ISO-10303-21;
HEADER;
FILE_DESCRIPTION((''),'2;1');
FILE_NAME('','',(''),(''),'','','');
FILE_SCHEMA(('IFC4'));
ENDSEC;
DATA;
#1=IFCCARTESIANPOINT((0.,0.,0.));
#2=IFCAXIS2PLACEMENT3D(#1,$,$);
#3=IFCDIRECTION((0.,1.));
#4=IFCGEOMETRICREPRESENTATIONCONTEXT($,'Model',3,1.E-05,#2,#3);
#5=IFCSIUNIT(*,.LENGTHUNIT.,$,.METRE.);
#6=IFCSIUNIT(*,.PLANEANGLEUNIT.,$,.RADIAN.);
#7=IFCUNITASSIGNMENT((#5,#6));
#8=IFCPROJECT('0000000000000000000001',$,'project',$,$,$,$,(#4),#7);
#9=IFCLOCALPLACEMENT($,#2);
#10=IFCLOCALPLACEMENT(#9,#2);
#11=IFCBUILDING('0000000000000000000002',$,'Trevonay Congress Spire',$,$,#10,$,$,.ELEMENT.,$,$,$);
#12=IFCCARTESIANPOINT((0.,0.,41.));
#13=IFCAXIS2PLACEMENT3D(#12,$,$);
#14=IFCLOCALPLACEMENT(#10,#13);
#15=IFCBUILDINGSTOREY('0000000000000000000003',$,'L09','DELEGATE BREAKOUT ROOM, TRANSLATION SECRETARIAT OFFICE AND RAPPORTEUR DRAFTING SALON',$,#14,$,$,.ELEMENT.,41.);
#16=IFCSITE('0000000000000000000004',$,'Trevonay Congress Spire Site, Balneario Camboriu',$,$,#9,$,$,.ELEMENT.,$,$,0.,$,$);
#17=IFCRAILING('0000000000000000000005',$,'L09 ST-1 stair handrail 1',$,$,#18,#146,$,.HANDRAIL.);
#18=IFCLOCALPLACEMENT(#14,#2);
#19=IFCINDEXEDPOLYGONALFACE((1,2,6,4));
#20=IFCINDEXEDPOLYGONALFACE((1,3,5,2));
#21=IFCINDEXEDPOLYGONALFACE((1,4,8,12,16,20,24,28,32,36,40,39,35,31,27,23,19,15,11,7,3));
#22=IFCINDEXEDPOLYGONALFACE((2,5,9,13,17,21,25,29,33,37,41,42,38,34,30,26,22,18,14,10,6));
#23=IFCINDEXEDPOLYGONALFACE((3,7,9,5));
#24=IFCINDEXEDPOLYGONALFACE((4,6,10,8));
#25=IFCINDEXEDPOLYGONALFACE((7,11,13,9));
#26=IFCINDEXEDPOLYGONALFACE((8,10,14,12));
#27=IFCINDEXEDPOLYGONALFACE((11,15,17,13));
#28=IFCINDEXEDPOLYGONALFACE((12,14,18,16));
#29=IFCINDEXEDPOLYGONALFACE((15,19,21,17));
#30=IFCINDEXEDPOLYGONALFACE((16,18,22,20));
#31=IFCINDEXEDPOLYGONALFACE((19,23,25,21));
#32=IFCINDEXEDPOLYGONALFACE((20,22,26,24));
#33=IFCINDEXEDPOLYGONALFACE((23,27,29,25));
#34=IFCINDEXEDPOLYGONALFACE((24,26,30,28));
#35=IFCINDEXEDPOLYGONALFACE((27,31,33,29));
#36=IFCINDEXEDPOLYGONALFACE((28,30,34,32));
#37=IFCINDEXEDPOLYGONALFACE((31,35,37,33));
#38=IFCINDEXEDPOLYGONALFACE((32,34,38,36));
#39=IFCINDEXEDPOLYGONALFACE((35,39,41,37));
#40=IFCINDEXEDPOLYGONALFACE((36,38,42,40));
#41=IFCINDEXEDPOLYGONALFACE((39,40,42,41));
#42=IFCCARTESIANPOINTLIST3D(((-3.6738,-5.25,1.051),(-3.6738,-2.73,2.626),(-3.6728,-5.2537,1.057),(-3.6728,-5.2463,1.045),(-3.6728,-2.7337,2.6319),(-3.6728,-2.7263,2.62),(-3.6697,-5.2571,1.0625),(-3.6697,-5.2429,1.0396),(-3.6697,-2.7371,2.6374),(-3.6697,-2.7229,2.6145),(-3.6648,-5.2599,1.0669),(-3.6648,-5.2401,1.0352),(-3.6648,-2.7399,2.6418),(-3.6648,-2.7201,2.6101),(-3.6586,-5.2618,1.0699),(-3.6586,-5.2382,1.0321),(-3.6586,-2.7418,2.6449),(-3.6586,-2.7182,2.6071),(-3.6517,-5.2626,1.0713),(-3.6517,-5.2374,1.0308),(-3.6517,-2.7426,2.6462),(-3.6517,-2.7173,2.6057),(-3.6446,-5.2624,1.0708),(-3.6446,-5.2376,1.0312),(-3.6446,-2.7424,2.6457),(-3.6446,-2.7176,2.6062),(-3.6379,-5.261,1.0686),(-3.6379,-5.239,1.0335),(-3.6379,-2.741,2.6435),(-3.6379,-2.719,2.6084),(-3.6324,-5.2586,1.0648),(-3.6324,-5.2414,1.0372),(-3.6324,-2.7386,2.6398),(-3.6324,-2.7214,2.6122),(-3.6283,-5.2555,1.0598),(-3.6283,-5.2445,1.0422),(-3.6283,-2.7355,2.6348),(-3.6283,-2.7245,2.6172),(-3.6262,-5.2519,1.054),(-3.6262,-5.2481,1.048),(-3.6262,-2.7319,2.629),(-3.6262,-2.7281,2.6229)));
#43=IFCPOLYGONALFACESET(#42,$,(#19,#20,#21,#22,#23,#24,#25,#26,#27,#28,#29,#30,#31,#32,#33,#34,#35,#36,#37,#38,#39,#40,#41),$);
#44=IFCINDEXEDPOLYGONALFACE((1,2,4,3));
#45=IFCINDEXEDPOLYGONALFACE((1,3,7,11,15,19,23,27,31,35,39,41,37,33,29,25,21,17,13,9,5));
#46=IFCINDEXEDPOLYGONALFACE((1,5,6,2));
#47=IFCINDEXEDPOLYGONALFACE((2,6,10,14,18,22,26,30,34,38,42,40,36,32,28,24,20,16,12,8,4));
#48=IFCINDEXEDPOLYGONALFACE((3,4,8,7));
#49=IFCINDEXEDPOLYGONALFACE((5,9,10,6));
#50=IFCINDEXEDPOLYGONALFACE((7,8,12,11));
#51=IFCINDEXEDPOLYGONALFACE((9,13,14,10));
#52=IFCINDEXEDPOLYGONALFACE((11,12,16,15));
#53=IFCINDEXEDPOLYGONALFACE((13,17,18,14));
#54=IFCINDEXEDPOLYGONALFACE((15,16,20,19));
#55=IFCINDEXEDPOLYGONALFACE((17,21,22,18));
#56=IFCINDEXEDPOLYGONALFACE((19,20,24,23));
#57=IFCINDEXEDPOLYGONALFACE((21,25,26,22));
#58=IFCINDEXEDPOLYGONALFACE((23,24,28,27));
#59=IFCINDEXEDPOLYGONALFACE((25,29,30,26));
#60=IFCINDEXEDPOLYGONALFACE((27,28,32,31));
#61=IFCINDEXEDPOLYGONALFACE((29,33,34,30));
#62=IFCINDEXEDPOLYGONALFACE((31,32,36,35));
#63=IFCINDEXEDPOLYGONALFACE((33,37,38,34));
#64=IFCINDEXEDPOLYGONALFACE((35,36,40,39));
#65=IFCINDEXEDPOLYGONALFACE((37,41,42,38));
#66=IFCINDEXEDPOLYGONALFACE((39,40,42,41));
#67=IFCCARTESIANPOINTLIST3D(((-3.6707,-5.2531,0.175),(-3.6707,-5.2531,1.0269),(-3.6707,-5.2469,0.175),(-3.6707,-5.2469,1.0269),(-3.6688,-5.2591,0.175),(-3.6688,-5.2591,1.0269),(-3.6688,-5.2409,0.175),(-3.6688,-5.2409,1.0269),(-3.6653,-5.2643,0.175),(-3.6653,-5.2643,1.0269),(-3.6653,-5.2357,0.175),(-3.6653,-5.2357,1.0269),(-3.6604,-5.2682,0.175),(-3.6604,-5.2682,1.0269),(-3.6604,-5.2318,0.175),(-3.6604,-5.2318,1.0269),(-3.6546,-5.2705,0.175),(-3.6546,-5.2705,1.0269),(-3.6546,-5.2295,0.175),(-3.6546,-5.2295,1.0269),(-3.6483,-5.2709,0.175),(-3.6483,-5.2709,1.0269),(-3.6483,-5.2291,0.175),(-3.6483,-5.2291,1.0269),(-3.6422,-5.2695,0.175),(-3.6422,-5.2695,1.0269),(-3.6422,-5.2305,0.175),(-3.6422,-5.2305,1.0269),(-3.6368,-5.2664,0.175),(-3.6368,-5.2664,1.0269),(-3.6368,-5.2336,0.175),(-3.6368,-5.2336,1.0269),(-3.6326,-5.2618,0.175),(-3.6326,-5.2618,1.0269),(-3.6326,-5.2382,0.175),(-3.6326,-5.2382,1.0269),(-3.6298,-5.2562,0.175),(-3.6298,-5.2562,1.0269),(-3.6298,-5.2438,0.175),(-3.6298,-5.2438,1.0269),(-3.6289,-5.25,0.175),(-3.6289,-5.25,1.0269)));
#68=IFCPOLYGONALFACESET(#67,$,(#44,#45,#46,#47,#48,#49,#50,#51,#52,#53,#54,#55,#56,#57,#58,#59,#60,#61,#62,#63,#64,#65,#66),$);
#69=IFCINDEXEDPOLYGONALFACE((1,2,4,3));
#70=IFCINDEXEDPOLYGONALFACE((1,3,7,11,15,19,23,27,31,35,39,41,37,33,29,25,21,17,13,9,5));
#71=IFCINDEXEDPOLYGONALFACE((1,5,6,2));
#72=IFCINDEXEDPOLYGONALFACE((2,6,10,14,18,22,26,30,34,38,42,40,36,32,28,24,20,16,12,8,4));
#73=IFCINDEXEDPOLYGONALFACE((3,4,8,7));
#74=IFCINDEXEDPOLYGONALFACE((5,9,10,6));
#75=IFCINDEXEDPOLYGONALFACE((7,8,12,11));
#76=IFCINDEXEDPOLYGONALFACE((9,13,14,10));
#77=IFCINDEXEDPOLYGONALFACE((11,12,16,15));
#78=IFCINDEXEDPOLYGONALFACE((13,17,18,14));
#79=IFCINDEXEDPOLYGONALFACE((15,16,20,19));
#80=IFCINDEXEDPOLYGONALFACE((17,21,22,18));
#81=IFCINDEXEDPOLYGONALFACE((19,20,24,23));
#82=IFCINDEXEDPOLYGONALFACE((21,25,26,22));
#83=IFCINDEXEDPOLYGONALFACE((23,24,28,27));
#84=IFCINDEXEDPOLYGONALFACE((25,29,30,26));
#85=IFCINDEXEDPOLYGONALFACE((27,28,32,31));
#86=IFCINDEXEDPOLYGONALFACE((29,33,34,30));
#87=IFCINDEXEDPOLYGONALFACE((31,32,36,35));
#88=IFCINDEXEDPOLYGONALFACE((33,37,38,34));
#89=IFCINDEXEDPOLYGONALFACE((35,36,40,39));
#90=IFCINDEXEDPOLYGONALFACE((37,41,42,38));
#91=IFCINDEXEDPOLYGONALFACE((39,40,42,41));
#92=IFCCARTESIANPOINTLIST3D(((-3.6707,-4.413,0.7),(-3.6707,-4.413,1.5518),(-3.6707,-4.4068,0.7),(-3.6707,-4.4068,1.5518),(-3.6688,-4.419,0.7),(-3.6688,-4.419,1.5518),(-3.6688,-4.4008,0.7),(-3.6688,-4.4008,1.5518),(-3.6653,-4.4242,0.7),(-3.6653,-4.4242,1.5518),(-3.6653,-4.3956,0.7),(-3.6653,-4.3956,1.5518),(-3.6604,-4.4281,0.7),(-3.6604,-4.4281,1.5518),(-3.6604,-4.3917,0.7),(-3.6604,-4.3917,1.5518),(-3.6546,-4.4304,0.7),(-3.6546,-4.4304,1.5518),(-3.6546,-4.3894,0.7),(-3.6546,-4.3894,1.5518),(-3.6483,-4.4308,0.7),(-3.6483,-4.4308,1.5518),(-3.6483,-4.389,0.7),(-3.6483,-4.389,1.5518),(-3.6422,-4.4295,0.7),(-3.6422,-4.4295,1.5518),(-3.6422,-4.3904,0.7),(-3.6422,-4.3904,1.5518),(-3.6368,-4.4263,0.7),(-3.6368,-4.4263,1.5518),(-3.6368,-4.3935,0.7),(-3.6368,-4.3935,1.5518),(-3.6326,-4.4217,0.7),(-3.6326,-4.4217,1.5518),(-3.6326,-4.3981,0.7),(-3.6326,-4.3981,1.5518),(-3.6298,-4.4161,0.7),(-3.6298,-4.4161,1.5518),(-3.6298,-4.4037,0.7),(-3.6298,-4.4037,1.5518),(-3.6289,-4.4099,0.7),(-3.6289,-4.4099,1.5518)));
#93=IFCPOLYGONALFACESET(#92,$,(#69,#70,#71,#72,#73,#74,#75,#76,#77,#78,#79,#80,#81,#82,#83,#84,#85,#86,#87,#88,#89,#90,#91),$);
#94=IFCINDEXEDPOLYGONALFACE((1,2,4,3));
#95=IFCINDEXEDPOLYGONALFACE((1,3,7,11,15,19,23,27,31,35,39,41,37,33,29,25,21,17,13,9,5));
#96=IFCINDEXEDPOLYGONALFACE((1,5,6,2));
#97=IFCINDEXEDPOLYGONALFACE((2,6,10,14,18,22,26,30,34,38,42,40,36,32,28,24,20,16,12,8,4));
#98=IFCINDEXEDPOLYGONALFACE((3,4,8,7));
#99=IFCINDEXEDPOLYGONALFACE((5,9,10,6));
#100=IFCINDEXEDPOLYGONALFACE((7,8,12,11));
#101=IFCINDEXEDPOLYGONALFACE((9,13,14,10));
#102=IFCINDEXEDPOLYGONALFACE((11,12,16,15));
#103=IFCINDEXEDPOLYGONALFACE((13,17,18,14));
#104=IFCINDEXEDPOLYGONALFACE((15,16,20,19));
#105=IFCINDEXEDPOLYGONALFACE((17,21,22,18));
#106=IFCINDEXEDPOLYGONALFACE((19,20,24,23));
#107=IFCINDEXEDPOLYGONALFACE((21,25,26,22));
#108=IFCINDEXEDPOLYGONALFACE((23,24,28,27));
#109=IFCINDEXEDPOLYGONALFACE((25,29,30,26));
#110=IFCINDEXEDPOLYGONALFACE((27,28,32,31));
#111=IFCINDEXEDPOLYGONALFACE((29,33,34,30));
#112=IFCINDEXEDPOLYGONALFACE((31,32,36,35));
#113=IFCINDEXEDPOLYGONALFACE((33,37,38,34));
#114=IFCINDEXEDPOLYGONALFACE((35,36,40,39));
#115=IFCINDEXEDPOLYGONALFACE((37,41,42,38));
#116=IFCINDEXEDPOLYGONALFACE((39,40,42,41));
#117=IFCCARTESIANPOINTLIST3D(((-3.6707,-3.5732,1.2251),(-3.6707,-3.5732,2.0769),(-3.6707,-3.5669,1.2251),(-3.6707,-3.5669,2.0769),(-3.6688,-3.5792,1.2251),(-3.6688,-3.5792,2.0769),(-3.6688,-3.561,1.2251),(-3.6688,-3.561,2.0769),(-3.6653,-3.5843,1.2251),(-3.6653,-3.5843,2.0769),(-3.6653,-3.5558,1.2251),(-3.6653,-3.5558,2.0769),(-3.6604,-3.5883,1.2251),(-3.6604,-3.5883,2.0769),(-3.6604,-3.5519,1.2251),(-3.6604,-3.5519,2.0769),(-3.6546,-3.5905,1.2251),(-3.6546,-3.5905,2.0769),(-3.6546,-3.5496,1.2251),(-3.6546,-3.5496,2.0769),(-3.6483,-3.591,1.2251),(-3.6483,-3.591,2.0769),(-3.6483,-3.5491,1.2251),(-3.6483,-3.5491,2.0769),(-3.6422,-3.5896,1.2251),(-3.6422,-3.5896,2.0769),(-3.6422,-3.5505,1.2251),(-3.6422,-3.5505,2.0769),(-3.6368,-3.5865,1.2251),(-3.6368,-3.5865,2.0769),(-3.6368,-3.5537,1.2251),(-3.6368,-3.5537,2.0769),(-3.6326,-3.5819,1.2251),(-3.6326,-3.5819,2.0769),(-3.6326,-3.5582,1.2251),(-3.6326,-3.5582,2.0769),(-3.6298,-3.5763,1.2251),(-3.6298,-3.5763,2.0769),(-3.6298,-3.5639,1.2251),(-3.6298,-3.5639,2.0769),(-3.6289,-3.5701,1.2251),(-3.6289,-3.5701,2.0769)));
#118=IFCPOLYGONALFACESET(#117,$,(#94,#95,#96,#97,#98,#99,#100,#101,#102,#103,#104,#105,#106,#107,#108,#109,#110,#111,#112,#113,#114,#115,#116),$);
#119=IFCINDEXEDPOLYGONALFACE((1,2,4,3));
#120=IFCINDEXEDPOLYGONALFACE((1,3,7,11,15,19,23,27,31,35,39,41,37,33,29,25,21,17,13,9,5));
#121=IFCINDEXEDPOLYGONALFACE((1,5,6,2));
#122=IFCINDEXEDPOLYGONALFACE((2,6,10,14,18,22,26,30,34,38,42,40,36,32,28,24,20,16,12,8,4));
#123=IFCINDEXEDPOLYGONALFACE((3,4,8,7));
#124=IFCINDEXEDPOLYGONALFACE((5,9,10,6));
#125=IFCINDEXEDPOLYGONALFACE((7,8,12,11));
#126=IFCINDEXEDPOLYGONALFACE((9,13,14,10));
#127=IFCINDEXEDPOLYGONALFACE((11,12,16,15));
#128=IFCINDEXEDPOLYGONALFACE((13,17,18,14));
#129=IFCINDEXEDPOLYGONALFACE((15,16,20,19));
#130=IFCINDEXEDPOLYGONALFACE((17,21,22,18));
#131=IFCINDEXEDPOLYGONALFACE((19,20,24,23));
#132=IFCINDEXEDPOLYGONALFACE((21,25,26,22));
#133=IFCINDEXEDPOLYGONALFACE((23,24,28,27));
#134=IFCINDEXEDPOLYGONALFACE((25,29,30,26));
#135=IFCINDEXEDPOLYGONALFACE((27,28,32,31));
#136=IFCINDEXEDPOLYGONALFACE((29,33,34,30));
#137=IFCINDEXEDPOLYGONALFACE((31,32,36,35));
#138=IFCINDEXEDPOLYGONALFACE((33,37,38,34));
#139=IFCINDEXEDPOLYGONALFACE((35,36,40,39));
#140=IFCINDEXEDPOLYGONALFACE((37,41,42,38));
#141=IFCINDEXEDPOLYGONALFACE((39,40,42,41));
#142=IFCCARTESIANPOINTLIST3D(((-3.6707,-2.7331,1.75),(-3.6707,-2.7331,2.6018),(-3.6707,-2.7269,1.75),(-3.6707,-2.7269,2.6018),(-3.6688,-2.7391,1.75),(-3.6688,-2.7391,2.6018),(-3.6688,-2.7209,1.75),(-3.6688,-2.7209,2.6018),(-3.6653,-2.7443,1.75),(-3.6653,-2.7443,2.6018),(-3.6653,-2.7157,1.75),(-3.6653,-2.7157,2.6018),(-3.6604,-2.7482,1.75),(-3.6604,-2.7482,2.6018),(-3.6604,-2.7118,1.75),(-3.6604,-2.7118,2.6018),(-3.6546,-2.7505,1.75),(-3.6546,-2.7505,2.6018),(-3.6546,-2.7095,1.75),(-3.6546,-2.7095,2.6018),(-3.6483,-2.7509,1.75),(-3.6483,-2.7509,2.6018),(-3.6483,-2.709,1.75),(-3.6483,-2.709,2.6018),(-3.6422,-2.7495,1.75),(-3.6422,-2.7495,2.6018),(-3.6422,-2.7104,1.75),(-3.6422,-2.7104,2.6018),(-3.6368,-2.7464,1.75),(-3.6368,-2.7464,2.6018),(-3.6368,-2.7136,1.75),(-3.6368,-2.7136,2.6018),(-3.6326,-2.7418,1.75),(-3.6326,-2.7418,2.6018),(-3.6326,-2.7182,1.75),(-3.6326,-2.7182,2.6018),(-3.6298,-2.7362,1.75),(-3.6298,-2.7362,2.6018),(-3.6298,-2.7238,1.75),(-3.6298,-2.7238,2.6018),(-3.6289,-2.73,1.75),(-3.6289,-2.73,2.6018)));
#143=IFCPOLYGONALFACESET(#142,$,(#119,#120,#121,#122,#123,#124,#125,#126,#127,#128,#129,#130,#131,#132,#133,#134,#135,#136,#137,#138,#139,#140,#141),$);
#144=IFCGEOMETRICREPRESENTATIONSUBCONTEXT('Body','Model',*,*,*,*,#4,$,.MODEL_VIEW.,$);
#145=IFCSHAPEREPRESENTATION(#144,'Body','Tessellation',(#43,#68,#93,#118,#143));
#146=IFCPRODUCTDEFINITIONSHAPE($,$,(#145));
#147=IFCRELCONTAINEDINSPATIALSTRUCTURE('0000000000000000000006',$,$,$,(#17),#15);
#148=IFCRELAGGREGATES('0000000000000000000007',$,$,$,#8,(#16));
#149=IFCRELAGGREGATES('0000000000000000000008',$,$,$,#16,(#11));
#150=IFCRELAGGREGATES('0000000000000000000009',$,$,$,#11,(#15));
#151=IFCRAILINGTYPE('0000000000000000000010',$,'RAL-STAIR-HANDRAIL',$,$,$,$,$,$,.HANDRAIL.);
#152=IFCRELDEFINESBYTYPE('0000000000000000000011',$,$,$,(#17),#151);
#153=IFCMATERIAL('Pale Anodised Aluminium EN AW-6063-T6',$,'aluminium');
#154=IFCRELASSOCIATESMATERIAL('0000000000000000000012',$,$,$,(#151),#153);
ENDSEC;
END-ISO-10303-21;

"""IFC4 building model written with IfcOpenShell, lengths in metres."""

from ifc_helpers import new_model, si_unit, direction, frame, origin, origin_2d, place, context, subcontext, project, spatial, circle, extrude, material, type_object, element, save


model = new_model("IFC4")

# Units and contexts
model_context = context("Model", 3, precision=1e-05, world=origin(), true_north=direction((0.0, 1.0)))
body_context = subcontext(model_context, "Body", "Model", "MODEL_VIEW")
ifc_project = project(units=[si_unit("LENGTHUNIT", "METRE"), si_unit("PLANEANGLEUNIT", "RADIAN")], contexts=[model_context])

# Site, building, storey
site_placement = place(None, origin())
site = spatial("IfcSite", under=ifc_project, at=site_placement, Name="Trevonay Congress Spire Site, Balneario Camboriu", CompositionType="ELEMENT", RefElevation=0.0)
building_placement = place(site_placement, origin())
building = spatial("IfcBuilding", under=site, at=building_placement, Name="Trevonay Congress Spire", CompositionType="ELEMENT")
storey_placement = place(building_placement, frame((0.0, 0.0, 41.0)))
storey = spatial("IfcBuildingStorey", under=building, at=storey_placement, Name="L09", Description="DELEGATE BREAKOUT ROOM, TRANSLATION SECRETARIAT OFFICE AND RAPPORTEUR DRAFTING SALON", CompositionType="ELEMENT", Elevation=41.0)

# Shared definitions
ifc_material_1 = material(Name="Pale Anodised Aluminium EN AW-6063-T6", Category="aluminium")

# Railing
railing_type_1 = type_object("IfcRailingType", Name="RAL-STAIR-HANDRAIL", PredefinedType="HANDRAIL", material=ifc_material_1)
railing_1_placement = place(storey_placement, frame((-3.6499, -5.25, 0.175)))
element("IfcRailing", 1, at=railing_1_placement, inside=storey, type_object=railing_type_1, Name="L09 ST-1 stair handrail 1", PredefinedType="HANDRAIL", context=body_context, shape_type="SweptSolid", body=[
    extrude(circle(Radius=0.0239, at=origin_2d()), frame((0.0, 0.0, 0.876), z_axis=(0.0, 0.848008, 0.529984), x_axis=(-1.0, 0.0, 0.0)), (0.0, 0.0, 1.0), 2.9717),
    extrude(circle(Radius=0.021, at=origin_2d()), origin(), (0.0, 0.0, 1.0), 0.8518),
    extrude(circle(Radius=0.021, at=origin_2d()), frame((0.0, 0.8401, 0.5249)), (0.0, 0.0, 1.0), 0.8518),
    extrude(circle(Radius=0.021, at=origin_2d()), frame((0.0, 1.6799, 1.05)), (0.0, 0.0, 1.0), 0.8518),
    extrude(circle(Radius=0.021, at=origin_2d()), frame((0.0, 2.52, 1.575)), (0.0, 0.0, 1.0), 0.8518),
])

save(model, "model.ifc")
